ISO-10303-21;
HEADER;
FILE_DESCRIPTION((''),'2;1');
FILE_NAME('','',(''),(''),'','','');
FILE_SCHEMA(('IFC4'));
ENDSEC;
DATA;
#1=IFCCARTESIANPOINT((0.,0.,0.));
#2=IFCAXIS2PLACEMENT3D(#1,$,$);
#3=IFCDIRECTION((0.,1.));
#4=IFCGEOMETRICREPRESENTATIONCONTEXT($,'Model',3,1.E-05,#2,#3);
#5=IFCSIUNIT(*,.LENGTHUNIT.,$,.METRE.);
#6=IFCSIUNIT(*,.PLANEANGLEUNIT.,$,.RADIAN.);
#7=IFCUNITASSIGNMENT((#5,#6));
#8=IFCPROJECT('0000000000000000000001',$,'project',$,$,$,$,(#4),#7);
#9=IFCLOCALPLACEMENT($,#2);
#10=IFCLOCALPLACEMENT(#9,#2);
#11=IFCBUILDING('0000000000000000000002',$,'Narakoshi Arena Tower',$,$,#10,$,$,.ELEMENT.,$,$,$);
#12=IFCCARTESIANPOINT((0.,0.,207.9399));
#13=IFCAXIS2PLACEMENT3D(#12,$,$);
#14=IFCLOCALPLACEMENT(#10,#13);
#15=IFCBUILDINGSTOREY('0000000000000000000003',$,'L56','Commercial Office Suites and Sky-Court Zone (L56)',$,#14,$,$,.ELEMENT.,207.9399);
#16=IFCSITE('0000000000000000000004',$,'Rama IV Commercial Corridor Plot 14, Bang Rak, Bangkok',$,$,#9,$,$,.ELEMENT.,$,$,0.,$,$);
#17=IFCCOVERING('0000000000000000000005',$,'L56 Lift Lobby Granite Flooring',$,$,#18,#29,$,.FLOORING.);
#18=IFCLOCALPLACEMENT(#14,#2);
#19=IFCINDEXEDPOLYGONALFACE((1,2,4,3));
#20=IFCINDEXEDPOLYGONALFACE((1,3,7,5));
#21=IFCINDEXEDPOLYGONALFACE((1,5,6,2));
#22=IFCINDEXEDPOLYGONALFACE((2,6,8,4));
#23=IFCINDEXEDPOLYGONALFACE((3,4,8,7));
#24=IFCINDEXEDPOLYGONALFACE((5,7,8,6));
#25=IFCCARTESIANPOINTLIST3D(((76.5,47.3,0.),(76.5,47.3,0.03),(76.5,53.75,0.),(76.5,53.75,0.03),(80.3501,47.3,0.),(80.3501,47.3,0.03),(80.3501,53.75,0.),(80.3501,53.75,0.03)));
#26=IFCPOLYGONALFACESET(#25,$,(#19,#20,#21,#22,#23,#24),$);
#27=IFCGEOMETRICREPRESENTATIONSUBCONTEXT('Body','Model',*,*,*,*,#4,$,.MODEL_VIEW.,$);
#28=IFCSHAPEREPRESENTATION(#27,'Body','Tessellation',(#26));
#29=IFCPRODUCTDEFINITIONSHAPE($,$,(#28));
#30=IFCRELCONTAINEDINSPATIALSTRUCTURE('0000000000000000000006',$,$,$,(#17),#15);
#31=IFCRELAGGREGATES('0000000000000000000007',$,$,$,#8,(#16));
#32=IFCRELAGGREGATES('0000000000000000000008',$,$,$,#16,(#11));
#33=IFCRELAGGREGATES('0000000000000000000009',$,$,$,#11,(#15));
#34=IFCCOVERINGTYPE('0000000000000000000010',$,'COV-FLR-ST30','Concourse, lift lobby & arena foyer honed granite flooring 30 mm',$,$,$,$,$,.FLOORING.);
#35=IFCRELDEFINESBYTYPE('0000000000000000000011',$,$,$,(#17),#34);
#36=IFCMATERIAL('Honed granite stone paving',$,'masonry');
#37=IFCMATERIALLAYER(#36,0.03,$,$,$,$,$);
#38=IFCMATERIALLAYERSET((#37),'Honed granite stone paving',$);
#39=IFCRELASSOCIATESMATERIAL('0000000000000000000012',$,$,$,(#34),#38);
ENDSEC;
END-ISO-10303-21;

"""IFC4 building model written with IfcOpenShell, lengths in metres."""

from ifc_helpers import new_model, si_unit, direction, frame, origin, place, context, subcontext, project, spatial, polyline, outline, extrude, material, layer, layer_set, type_object, element, save


model = new_model("IFC4")

# Units and contexts
model_context = context("Model", 3, precision=1e-05, world=origin(), true_north=direction((0.0, 1.0)))
body_context = subcontext(model_context, "Body", "Model", "MODEL_VIEW")
ifc_project = project(units=[si_unit("LENGTHUNIT", "METRE"), si_unit("PLANEANGLEUNIT", "RADIAN")], contexts=[model_context])

# Site, building, storey
site_placement = place(None, origin())
site = spatial("IfcSite", under=ifc_project, at=site_placement, Name="Rama IV Commercial Corridor Plot 14, Bang Rak, Bangkok", CompositionType="ELEMENT", RefElevation=0.0)
building_placement = place(site_placement, origin())
building = spatial("IfcBuilding", under=site, at=building_placement, Name="Narakoshi Arena Tower", CompositionType="ELEMENT")
storey_placement = place(building_placement, frame((0.0, 0.0, 207.9399)))
storey = spatial("IfcBuildingStorey", under=building, at=storey_placement, Name="L56", Description="Commercial Office Suites and Sky-Court Zone (L56)", CompositionType="ELEMENT", Elevation=207.9399)

# Covering
ifc_material_1 = material(Name="Honed granite stone paving", Category="masonry")
ifc_layer_1 = layer(ifc_material_1, 0.03)
ifc_layer_set_1 = layer_set([ifc_layer_1], Name="Honed granite stone paving")
covering_type_1 = type_object("IfcCoveringType", Name="COV-FLR-ST30", Description="Concourse, lift lobby & arena foyer honed granite flooring 30 mm", PredefinedType="FLOORING", material=ifc_layer_set_1)
covering_1_placement = place(storey_placement, origin())
element("IfcCovering", 1, at=covering_1_placement, inside=storey, type_object=covering_type_1, Name="L56 Lift Lobby Granite Flooring", PredefinedType="FLOORING", context=body_context, shape_type="SweptSolid", body=[
    extrude(outline(polyline([(76.5, 47.3), (80.3501, 47.3), (80.3501, 53.75), (76.5, 53.75), (76.5, 47.3)])), origin(), (0.0, 0.0, 1.0), 0.03),
])

save(model, "model.ifc")
